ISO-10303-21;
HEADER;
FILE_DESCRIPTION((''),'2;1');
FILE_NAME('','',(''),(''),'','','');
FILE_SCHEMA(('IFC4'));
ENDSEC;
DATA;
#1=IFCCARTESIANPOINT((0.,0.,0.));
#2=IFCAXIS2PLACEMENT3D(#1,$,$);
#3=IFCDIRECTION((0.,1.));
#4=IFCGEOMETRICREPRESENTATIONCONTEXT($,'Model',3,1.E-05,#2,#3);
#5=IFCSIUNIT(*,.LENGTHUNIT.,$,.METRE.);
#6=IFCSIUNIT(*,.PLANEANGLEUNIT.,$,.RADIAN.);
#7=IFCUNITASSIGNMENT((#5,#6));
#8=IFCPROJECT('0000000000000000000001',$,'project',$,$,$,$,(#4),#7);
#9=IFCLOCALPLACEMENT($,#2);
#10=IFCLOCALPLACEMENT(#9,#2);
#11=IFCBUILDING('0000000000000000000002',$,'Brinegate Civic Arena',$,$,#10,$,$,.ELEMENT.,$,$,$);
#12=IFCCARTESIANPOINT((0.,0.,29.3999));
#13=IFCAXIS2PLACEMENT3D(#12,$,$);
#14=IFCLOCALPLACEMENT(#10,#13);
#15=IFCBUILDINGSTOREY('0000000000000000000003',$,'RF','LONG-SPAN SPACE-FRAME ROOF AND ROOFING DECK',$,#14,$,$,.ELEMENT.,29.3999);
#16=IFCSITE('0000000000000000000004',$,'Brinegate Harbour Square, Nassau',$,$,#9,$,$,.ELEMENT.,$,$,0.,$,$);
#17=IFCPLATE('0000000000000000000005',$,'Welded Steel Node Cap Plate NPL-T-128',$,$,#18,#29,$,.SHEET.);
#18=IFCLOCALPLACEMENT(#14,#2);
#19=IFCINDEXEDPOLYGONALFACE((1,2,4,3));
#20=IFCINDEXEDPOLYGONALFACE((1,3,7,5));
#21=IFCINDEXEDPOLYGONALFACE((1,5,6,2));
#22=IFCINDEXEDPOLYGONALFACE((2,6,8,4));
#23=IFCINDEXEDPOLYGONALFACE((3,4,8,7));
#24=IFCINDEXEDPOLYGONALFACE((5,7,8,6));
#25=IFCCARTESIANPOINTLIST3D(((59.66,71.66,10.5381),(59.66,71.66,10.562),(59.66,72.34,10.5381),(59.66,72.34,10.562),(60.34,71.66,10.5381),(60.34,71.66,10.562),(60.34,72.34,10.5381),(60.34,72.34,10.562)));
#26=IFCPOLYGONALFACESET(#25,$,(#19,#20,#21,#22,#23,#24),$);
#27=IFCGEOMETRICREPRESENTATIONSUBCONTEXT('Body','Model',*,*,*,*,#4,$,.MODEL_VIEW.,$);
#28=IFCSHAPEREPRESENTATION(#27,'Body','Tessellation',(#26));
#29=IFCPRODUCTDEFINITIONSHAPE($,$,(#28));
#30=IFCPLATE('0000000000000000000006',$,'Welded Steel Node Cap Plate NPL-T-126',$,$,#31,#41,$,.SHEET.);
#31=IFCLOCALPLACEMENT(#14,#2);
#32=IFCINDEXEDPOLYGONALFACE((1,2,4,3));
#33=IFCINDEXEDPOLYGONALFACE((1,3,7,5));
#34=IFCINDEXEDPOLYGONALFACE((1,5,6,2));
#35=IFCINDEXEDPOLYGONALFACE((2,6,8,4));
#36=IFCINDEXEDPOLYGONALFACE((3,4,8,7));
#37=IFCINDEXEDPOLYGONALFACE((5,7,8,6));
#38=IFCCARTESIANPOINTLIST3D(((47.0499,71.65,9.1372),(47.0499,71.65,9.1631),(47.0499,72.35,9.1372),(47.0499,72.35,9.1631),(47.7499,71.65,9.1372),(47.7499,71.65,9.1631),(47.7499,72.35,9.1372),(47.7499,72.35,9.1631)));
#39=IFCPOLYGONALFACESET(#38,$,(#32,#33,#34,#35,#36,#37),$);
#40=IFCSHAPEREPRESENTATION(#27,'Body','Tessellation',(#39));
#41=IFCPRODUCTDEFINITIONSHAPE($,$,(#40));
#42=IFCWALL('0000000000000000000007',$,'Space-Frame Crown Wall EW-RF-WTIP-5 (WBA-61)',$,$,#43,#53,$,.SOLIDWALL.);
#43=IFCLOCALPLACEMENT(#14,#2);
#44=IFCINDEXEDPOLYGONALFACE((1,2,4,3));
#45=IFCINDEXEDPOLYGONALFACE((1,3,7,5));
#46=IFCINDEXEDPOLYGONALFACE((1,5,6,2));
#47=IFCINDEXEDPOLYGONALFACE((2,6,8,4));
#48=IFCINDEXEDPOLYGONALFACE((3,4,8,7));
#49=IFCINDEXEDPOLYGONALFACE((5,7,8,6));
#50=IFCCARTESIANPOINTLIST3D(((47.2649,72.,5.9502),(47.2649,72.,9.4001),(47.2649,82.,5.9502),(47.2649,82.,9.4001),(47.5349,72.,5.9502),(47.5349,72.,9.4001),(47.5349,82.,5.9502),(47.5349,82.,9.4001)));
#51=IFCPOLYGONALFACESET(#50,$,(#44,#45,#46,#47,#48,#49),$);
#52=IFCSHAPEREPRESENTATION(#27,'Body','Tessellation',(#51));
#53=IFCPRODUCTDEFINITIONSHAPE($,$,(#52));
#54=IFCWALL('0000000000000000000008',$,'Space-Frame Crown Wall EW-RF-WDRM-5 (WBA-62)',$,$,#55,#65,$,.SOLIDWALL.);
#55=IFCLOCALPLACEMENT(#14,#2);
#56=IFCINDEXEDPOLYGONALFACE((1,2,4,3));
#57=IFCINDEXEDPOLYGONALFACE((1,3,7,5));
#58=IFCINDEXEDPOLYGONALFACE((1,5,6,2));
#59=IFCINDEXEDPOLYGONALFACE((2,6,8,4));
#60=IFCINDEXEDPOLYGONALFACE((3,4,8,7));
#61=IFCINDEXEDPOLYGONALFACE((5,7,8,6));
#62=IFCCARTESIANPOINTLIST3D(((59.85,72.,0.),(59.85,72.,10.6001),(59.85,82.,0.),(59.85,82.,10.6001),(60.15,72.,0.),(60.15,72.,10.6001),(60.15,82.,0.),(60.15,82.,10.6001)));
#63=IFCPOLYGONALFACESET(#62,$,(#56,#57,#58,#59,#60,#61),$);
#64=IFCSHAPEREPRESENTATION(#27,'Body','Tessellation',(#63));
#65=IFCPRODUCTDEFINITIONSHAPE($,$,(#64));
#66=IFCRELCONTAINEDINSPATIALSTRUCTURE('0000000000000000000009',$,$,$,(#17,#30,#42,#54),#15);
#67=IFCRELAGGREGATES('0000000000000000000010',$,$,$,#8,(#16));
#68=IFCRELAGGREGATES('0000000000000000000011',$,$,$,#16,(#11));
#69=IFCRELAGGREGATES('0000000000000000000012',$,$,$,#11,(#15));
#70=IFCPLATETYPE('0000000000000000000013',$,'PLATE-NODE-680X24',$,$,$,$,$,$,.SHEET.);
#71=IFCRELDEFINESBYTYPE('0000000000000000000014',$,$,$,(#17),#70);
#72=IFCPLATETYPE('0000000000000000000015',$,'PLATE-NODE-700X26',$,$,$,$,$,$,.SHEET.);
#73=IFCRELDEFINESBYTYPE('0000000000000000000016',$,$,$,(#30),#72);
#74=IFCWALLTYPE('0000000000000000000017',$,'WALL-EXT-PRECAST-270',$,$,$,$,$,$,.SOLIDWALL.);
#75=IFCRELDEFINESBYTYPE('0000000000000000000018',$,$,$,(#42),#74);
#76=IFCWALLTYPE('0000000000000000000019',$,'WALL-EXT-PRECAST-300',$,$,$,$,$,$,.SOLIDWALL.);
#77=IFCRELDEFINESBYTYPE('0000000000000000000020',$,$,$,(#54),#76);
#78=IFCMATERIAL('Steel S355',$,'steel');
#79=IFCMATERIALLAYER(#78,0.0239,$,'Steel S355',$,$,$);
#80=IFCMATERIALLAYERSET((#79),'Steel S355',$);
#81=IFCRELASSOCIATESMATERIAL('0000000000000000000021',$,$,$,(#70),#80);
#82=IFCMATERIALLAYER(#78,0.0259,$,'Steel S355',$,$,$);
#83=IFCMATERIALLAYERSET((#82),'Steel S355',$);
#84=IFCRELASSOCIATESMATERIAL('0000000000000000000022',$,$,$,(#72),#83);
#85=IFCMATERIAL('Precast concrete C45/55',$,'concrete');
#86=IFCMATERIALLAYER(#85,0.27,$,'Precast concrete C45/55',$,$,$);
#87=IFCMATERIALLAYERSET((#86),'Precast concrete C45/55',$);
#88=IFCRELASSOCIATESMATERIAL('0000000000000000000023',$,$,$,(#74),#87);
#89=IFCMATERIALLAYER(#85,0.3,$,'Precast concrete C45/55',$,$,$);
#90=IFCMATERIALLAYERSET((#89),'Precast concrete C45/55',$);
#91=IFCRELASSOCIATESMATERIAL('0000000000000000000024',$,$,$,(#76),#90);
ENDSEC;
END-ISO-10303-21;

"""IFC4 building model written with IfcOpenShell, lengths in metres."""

from ifc_helpers import new_model, si_unit, direction, frame, frame_2d, origin, origin_2d, place, context, subcontext, project, spatial, rectangle, extrude, material, layer, layer_set, type_object, element, save


model = new_model("IFC4")

# Units and contexts
model_context = context("Model", 3, precision=1e-05, world=origin(), true_north=direction((0.0, 1.0)))
body_context = subcontext(model_context, "Body", "Model", "MODEL_VIEW")
ifc_project = project(units=[si_unit("LENGTHUNIT", "METRE"), si_unit("PLANEANGLEUNIT", "RADIAN")], contexts=[model_context])

# Site, building, storey
site_placement = place(None, origin())
site = spatial("IfcSite", under=ifc_project, at=site_placement, Name="Brinegate Harbour Square, Nassau", CompositionType="ELEMENT", RefElevation=0.0)
building_placement = place(site_placement, origin())
building = spatial("IfcBuilding", under=site, at=building_placement, Name="Brinegate Civic Arena", CompositionType="ELEMENT")
storey_placement = place(building_placement, frame((0.0, 0.0, 29.3999)))
storey = spatial("IfcBuildingStorey", under=building, at=storey_placement, Name="RF", Description="LONG-SPAN SPACE-FRAME ROOF AND ROOFING DECK", CompositionType="ELEMENT", Elevation=29.3999)

# Shared definitions
ifc_material_1 = material(Name="Steel S355", Category="steel")

# Plates
ifc_layer_1 = layer(ifc_material_1, 0.0239, Name="Steel S355")
ifc_layer_set_1 = layer_set([ifc_layer_1], Name="Steel S355")
plate_type_1 = type_object("IfcPlateType", Name="PLATE-NODE-680X24", PredefinedType="SHEET", material=ifc_layer_set_1)
plate_1_placement = place(storey_placement, frame((60.0, 72.0, 10.5381), z_axis=(0.0, 0.0, 1.0), x_axis=(1.0, 0.0, 0.0)))
element("IfcPlate", 1, at=plate_1_placement, inside=storey, type_object=plate_type_1, Name="Welded Steel Node Cap Plate NPL-T-128", PredefinedType="SHEET", context=body_context, shape_type="SweptSolid", body=[
    extrude(rectangle(XDim=0.6799, YDim=0.6799, at=origin_2d()), origin(), (0.0, 0.0, 1.0), 0.0239),
])
ifc_layer_2 = layer(ifc_material_1, 0.0259, Name="Steel S355")
ifc_layer_set_2 = layer_set([ifc_layer_2], Name="Steel S355")
plate_type_2 = type_object("IfcPlateType", Name="PLATE-NODE-700X26", PredefinedType="SHEET", material=ifc_layer_set_2)
plate_2_placement = place(storey_placement, frame((47.3999, 72.0, 9.1372), z_axis=(0.0, 0.0, 1.0), x_axis=(1.0, 0.0, 0.0)))
element("IfcPlate", 2, at=plate_2_placement, inside=storey, type_object=plate_type_2, Name="Welded Steel Node Cap Plate NPL-T-126", PredefinedType="SHEET", context=body_context, shape_type="SweptSolid", body=[
    extrude(rectangle(XDim=0.7, YDim=0.7, at=origin_2d()), origin(), (0.0, 0.0, 1.0), 0.0259),
])

# Walls
ifc_material_2 = material(Name="Precast concrete C45/55", Category="concrete")
ifc_layer_3 = layer(ifc_material_2, 0.27, Name="Precast concrete C45/55")
ifc_layer_set_3 = layer_set([ifc_layer_3], Name="Precast concrete C45/55")
wall_type_1 = type_object("IfcWallType", Name="WALL-EXT-PRECAST-270", PredefinedType="SOLIDWALL", material=ifc_layer_set_3)
wall_1_placement = place(storey_placement, frame((47.3999, 72.0, 5.9502), z_axis=(0.0, 0.0, 1.0), x_axis=(0.0, 1.0, 0.0)))
element("IfcWall", 3, at=wall_1_placement, inside=storey, type_object=wall_type_1, Name="Space-Frame Crown Wall EW-RF-WTIP-5 (WBA-61)", PredefinedType="SOLIDWALL", context=body_context, shape_type="SweptSolid", body=[
    extrude(rectangle(XDim=10.0, YDim=0.27, at=frame_2d((5.0, 0.0))), origin(), (0.0, 0.0, 1.0), 3.45),
])
ifc_layer_4 = layer(ifc_material_2, 0.3, Name="Precast concrete C45/55")
ifc_layer_set_4 = layer_set([ifc_layer_4], Name="Precast concrete C45/55")
wall_type_2 = type_object("IfcWallType", Name="WALL-EXT-PRECAST-300", PredefinedType="SOLIDWALL", material=ifc_layer_set_4)
wall_2_placement = place(storey_placement, frame((60.0, 72.0, 0.0), z_axis=(0.0, 0.0, 1.0), x_axis=(0.0, 1.0, 0.0)))
element("IfcWall", 4, at=wall_2_placement, inside=storey, type_object=wall_type_2, Name="Space-Frame Crown Wall EW-RF-WDRM-5 (WBA-62)", PredefinedType="SOLIDWALL", context=body_context, shape_type="SweptSolid", body=[
    extrude(rectangle(XDim=10.0, YDim=0.3, at=frame_2d((5.0, 0.0))), origin(), (0.0, 0.0, 1.0), 10.6001),
])

save(model, "model.ifc")
